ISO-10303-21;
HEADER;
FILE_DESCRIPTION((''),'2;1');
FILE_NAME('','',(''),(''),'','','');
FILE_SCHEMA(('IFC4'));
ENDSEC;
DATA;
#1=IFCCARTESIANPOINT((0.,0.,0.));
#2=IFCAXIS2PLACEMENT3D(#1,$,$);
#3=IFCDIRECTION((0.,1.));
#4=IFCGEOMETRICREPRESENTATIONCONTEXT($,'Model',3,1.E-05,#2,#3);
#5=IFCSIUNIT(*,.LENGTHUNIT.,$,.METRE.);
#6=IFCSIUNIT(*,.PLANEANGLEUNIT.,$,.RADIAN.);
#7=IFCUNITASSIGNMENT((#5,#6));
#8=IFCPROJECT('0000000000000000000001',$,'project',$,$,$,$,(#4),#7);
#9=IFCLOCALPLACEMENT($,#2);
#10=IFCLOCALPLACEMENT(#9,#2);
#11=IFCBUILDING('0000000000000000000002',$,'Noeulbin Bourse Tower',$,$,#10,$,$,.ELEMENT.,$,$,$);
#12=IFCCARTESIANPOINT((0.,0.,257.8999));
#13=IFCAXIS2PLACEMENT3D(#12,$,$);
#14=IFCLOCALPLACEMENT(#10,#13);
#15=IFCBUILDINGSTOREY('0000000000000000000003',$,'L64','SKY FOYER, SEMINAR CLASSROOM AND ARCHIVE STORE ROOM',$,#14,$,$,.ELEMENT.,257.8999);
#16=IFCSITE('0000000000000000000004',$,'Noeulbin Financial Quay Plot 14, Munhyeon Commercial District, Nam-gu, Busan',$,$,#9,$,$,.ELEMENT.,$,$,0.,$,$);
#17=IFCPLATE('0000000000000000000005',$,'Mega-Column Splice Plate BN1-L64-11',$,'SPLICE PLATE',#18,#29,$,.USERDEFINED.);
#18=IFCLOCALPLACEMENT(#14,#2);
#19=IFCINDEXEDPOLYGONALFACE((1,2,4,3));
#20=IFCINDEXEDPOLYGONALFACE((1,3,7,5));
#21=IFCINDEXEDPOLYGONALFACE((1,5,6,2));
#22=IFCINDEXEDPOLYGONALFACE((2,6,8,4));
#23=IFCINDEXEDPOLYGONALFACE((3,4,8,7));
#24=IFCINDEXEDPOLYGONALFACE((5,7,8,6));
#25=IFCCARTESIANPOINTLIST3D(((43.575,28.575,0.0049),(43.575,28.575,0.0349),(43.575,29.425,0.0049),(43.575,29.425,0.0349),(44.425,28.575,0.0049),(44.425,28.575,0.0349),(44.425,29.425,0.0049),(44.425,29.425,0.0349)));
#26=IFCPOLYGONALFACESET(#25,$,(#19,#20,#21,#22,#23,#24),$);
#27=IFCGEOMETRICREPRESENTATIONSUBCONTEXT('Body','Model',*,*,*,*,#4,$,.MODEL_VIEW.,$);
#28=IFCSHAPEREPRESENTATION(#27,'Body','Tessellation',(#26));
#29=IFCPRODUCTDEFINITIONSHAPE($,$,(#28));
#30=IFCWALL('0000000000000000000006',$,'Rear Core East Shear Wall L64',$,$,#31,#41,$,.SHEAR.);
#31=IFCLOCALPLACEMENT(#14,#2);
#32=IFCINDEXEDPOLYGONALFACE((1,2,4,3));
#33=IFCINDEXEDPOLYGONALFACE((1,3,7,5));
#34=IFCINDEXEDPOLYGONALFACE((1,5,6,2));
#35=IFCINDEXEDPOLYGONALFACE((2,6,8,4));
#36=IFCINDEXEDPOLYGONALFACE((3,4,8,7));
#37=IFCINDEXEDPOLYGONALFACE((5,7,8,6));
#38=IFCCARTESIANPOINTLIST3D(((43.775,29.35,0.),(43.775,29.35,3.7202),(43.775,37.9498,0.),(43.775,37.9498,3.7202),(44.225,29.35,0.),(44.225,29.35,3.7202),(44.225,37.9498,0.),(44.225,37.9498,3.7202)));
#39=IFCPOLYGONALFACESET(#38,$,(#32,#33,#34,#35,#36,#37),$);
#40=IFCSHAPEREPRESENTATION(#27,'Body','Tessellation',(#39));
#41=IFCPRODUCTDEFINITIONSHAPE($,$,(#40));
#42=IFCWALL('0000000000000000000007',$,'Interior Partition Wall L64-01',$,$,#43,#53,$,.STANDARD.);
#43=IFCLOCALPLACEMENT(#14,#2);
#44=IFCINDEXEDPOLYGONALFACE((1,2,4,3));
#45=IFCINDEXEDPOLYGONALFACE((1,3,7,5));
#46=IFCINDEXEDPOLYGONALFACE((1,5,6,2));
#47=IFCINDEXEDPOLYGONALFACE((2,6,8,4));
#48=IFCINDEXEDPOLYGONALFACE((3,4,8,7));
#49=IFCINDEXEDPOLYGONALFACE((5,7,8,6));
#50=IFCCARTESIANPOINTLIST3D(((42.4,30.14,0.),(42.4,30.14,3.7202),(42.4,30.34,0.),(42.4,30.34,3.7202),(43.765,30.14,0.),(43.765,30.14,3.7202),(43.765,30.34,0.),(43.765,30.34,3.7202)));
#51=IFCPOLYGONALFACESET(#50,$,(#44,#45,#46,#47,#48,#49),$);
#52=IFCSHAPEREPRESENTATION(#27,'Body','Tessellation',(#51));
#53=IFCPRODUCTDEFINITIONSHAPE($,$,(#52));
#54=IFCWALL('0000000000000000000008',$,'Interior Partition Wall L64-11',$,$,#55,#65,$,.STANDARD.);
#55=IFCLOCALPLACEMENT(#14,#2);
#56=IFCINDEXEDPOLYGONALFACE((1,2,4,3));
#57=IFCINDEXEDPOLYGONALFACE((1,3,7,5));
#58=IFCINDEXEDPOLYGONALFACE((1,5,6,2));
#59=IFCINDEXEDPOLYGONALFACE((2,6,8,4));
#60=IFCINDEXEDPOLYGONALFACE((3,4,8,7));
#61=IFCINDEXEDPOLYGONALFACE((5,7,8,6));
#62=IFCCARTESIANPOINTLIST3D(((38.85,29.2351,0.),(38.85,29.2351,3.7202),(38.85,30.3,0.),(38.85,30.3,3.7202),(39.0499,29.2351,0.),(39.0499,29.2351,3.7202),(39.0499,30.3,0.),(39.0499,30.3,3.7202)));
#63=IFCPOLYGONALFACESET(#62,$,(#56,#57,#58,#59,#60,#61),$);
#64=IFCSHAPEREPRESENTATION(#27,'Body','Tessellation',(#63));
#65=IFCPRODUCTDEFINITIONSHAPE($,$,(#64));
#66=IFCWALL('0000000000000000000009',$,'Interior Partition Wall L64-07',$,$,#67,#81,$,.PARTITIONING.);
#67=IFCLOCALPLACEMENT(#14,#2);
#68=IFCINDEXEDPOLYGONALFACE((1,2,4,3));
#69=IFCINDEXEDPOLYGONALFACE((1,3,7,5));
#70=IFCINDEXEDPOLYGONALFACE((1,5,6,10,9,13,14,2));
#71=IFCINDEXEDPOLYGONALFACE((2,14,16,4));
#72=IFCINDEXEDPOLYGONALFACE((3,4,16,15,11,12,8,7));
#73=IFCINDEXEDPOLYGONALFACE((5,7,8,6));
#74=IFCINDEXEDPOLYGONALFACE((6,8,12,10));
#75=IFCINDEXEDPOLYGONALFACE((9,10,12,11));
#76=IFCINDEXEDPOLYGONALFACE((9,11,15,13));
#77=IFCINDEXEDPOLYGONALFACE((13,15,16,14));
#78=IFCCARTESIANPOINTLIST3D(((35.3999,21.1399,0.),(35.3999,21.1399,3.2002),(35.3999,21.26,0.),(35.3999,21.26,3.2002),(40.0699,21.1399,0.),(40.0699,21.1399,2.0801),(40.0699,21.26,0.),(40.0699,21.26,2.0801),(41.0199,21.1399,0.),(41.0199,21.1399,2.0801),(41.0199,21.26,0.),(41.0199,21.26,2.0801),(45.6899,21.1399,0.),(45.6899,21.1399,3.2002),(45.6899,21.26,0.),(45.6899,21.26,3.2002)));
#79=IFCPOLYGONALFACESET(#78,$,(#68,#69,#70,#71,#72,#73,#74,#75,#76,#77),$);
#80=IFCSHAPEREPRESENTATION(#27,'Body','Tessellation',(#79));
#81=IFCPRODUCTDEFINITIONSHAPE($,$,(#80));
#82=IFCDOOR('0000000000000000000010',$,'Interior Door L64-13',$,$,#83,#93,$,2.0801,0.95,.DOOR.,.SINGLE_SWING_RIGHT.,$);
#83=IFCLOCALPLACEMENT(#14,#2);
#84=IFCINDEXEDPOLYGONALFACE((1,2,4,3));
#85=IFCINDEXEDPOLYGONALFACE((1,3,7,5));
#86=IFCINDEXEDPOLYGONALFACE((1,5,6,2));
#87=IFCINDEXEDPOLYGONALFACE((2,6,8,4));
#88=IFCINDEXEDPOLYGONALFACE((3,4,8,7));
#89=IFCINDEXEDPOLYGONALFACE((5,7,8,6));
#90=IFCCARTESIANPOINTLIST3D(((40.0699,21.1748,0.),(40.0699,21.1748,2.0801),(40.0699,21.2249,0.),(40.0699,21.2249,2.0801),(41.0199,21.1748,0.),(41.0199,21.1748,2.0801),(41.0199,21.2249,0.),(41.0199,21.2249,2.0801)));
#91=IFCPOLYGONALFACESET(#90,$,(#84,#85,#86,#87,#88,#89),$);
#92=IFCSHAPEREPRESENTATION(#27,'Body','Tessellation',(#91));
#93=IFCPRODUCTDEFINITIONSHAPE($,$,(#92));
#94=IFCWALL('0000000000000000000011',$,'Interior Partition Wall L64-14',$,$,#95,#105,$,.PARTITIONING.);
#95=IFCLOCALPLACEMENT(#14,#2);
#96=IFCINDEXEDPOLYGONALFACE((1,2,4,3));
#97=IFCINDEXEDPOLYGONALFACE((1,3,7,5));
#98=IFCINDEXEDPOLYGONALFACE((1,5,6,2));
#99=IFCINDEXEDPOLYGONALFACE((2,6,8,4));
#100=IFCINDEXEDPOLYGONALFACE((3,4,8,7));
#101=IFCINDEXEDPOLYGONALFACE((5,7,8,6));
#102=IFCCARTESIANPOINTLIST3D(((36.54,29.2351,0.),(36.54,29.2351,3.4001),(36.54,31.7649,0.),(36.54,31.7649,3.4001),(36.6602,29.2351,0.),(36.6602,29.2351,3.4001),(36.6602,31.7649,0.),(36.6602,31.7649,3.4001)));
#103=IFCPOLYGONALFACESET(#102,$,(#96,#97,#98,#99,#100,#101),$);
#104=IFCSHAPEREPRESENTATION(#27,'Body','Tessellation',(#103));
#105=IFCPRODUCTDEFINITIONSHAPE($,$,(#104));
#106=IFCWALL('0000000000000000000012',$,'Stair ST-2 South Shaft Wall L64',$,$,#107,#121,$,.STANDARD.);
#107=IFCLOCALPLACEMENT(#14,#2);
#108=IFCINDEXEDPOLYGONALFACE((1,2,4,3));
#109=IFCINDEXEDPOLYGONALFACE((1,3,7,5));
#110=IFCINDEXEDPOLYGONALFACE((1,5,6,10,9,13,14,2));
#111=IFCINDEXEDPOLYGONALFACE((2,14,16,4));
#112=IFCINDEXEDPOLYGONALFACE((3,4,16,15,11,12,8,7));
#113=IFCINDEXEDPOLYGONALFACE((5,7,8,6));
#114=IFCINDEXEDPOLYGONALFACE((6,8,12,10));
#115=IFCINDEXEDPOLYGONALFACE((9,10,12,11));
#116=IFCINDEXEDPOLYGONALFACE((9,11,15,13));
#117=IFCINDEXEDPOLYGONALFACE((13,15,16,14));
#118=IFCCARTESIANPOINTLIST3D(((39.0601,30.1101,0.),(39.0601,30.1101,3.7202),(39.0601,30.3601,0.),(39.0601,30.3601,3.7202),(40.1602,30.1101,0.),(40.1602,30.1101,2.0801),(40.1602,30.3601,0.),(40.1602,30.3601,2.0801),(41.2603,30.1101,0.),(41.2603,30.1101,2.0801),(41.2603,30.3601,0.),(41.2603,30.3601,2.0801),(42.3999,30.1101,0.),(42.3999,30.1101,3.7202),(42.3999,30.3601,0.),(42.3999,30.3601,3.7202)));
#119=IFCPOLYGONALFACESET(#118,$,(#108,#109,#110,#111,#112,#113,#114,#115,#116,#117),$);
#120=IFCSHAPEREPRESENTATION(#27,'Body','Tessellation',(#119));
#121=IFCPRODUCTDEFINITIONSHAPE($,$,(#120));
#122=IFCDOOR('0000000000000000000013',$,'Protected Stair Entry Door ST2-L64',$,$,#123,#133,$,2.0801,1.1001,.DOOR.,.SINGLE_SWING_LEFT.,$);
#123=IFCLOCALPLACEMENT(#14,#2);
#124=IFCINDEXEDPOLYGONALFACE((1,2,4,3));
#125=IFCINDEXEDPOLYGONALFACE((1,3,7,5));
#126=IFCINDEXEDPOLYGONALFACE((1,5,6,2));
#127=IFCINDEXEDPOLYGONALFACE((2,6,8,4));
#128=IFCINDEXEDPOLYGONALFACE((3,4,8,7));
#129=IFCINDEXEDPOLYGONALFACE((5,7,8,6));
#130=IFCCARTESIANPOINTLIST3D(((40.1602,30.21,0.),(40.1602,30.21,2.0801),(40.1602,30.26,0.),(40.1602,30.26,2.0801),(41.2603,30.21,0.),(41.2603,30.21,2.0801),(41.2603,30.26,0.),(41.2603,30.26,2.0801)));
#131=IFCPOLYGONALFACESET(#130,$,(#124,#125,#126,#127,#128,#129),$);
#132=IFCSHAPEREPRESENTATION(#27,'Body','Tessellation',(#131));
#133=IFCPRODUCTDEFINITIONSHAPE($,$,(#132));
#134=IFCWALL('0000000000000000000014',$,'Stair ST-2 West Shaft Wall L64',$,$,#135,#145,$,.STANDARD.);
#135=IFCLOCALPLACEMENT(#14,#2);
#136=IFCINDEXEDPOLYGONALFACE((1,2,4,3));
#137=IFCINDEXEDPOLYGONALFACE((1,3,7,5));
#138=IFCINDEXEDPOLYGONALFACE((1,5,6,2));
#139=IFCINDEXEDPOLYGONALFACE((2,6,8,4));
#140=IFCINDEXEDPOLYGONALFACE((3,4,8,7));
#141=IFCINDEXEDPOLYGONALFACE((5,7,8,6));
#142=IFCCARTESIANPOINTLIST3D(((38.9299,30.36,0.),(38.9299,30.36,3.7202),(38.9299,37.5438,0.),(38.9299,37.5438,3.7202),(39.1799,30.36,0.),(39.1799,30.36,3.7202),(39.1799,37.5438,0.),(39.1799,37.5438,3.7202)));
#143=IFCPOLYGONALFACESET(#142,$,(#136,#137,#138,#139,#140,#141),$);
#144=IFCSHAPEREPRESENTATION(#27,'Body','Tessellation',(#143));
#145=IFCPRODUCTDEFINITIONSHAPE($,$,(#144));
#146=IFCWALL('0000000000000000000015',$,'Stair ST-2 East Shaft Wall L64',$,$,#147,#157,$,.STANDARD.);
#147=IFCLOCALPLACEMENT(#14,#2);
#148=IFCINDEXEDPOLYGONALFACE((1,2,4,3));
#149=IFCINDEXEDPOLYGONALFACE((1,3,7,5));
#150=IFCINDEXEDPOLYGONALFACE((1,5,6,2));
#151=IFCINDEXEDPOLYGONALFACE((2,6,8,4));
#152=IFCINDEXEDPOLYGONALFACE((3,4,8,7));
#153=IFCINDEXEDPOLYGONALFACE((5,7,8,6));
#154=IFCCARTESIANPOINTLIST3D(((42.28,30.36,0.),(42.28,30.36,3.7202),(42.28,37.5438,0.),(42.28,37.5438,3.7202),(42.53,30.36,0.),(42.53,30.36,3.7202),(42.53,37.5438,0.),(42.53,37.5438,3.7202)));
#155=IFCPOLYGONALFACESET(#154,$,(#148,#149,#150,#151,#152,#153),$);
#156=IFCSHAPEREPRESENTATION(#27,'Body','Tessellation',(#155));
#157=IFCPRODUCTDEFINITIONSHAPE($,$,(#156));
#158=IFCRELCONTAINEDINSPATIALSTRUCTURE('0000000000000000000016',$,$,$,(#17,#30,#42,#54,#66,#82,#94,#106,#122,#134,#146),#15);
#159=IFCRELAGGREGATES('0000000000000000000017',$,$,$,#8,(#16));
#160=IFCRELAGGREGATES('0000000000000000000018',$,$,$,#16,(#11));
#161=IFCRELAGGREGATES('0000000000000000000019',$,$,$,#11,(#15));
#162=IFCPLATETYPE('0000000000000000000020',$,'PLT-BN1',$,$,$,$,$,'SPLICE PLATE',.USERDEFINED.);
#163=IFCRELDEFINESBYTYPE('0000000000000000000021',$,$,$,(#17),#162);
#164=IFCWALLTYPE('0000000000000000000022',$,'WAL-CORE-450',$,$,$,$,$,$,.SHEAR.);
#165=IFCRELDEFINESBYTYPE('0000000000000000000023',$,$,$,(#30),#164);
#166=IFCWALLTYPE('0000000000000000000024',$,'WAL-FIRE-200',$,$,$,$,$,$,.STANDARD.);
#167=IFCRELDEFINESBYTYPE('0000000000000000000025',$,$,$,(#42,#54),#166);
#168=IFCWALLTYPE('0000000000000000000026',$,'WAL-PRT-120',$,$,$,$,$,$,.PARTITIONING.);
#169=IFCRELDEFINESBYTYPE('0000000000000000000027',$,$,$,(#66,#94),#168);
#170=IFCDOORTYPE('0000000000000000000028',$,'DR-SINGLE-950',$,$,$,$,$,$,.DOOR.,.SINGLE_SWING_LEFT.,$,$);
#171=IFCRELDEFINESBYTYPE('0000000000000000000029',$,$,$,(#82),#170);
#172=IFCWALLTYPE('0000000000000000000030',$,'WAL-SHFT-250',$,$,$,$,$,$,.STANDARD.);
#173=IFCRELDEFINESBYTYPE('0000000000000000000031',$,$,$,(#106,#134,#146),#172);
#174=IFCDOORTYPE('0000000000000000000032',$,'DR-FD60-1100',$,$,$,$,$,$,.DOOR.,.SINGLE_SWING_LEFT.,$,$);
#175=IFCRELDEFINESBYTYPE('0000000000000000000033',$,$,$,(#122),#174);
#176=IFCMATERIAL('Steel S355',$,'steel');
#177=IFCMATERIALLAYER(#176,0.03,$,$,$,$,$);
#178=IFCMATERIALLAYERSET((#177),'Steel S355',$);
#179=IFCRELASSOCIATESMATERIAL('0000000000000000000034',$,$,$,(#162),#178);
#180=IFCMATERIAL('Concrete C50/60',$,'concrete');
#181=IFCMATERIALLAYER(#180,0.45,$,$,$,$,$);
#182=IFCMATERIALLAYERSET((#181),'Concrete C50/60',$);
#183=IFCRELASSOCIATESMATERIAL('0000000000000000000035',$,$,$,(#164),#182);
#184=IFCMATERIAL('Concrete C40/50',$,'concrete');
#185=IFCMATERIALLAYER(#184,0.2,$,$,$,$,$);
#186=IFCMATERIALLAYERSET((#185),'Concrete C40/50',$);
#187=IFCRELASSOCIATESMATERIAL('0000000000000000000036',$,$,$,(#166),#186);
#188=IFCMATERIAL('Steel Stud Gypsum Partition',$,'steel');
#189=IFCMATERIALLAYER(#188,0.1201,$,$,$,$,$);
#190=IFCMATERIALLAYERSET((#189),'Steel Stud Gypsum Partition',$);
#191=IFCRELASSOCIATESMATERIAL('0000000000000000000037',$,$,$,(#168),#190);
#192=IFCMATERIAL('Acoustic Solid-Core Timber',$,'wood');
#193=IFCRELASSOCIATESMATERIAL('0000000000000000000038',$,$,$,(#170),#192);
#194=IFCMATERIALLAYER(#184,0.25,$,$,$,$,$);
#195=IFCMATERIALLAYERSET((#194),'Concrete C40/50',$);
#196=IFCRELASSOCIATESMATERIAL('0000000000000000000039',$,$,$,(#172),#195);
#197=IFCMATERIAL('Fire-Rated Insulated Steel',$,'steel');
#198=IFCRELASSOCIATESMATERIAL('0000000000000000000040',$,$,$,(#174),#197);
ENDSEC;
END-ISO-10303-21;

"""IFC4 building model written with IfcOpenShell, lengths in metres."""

from ifc_helpers import new_model, si_unit, direction, frame, frame_2d, origin, origin_2d, place, context, subcontext, project, spatial, rectangle, extrude, material, layer, layer_set, type_object, element, fill, save


model = new_model("IFC4")

# Units and contexts
model_context = context("Model", 3, precision=1e-05, world=origin(), true_north=direction((0.0, 1.0)))
body_context = subcontext(model_context, "Body", "Model", "MODEL_VIEW")
ifc_project = project(units=[si_unit("LENGTHUNIT", "METRE"), si_unit("PLANEANGLEUNIT", "RADIAN")], contexts=[model_context])

# Site, building, storey
site_placement = place(None, origin())
site = spatial("IfcSite", under=ifc_project, at=site_placement, Name="Noeulbin Financial Quay Plot 14, Munhyeon Commercial District, Nam-gu, Busan", CompositionType="ELEMENT", RefElevation=0.0)
building_placement = place(site_placement, origin())
building = spatial("IfcBuilding", under=site, at=building_placement, Name="Noeulbin Bourse Tower", CompositionType="ELEMENT")
storey_placement = place(building_placement, frame((0.0, 0.0, 257.8999)))
storey = spatial("IfcBuildingStorey", under=building, at=storey_placement, Name="L64", Description="SKY FOYER, SEMINAR CLASSROOM AND ARCHIVE STORE ROOM", CompositionType="ELEMENT", Elevation=257.8999)

# Shared definitions
ifc_material_1 = material(Name="Steel S355", Category="steel")

# Plate
ifc_layer_1 = layer(ifc_material_1, 0.03)
ifc_layer_set_1 = layer_set([ifc_layer_1], Name="Steel S355")
plate_type_1 = type_object("IfcPlateType", Name="PLT-BN1", ElementType="SPLICE PLATE", PredefinedType="USERDEFINED", material=ifc_layer_set_1)
for number, where, z_axis, x_axis, name in (
    (1, (44.0, 29.0, 0.0049), (0.0, 0.0, 1.0), (1.0, 0.0, 0.0), "Mega-Column Splice Plate BN1-L64-11"),
):
    element("IfcPlate", number, at=place(storey_placement, frame(where, z_axis=z_axis, x_axis=x_axis)), inside=storey, type_object=plate_type_1, Name=name, ObjectType="SPLICE PLATE", PredefinedType="USERDEFINED", context=body_context, shape_type="SweptSolid", body=[
        extrude(rectangle(XDim=0.8501, YDim=0.8501, at=origin_2d()), origin(), (0.0, 0.0, 1.0), 0.03),
    ])

# Walls
ifc_material_2 = material(Name="Concrete C50/60", Category="concrete")
ifc_layer_2 = layer(ifc_material_2, 0.45)
ifc_layer_set_2 = layer_set([ifc_layer_2], Name="Concrete C50/60")
wall_type_1 = type_object("IfcWallType", Name="WAL-CORE-450", PredefinedType="SHEAR", material=ifc_layer_set_2)
wall_1_placement = place(storey_placement, frame((44.0, 29.3501, 0.0), z_axis=(0.0, 0.0, 1.0), x_axis=(0.0, 1.0, 0.0)))
element("IfcWall", 2, at=wall_1_placement, inside=storey, type_object=wall_type_1, Name="Rear Core East Shear Wall L64", PredefinedType="SHEAR", context=body_context, shape_type="SweptSolid", body=[
    extrude(rectangle(XDim=8.5999, YDim=0.45, at=frame_2d((4.2998, 0.0))), origin(), (0.0, 0.0, 1.0), 3.7202),
])
ifc_material_3 = material(Name="Concrete C40/50", Category="concrete")
ifc_layer_3 = layer(ifc_material_3, 0.2)
ifc_layer_set_3 = layer_set([ifc_layer_3], Name="Concrete C40/50")
wall_type_2 = type_object("IfcWallType", Name="WAL-FIRE-200", PredefinedType="STANDARD", material=ifc_layer_set_3)
wall_2_placement = place(storey_placement, frame((42.3999, 30.24, 0.0), z_axis=(0.0, 0.0, 1.0), x_axis=(1.0, 0.0, 0.0)))
element("IfcWall", 3, at=wall_2_placement, inside=storey, type_object=wall_type_2, Name="Interior Partition Wall L64-01", PredefinedType="STANDARD", context=body_context, shape_type="SweptSolid", body=[
    extrude(rectangle(XDim=1.365, YDim=0.2, at=frame_2d((0.6826, 0.0))), origin(), (0.0, 0.0, 1.0), 3.7202),
])
wall_3_placement = place(storey_placement, frame((38.95, 29.2351, 0.0), z_axis=(0.0, 0.0, 1.0), x_axis=(0.0, 1.0, 0.0)))
element("IfcWall", 4, at=wall_3_placement, inside=storey, type_object=wall_type_2, Name="Interior Partition Wall L64-11", PredefinedType="STANDARD", context=body_context, shape_type="SweptSolid", body=[
    extrude(rectangle(XDim=1.0649, YDim=0.2, at=frame_2d((0.5325, 0.0))), origin(), (0.0, 0.0, 1.0), 3.7202),
])

# Wall, opening, door
ifc_material_4 = material(Name="Steel Stud Gypsum Partition", Category="steel")
ifc_layer_4 = layer(ifc_material_4, 0.1201)
ifc_layer_set_4 = layer_set([ifc_layer_4], Name="Steel Stud Gypsum Partition")
wall_type_3 = type_object("IfcWallType", Name="WAL-PRT-120", PredefinedType="PARTITIONING", material=ifc_layer_set_4)
wall_4_placement = place(storey_placement, frame((35.3999, 21.2, 0.0), z_axis=(0.0, 0.0, 1.0), x_axis=(1.0, 0.0, 0.0)))
wall_4 = element("IfcWall", 5, at=wall_4_placement, inside=storey, type_object=wall_type_3, Name="Interior Partition Wall L64-07", PredefinedType="PARTITIONING", context=body_context, shape_type="SweptSolid", body=[
    extrude(rectangle(XDim=10.29, YDim=0.1201, at=frame_2d((5.145, 0.0))), origin(), (0.0, 0.0, 1.0), 3.2002),
])
opening_1_placement = place(wall_4_placement, frame((4.6699, 0.0, 0.0)))
opening_1 = element("IfcOpeningElement", 6, at=opening_1_placement, cuts=wall_4, PredefinedType="OPENING", context=body_context, shape_type="SweptSolid", body=[
    extrude(rectangle(XDim=0.95, YDim=2.0801, at=frame_2d((0.4751, 1.04))), frame((0.0, 0.0701, 0.0), z_axis=(0.0, -1.0, 0.0), x_axis=(1.0, 0.0, 0.0)), (0.0, 0.0, 1.0), 0.1401),
])
ifc_material_5 = material(Name="Acoustic Solid-Core Timber", Category="wood")
door_type_1 = type_object("IfcDoorType", Name="DR-SINGLE-950", OperationType="SINGLE_SWING_LEFT", PredefinedType="DOOR", material=ifc_material_5)
door_1_placement = place(opening_1_placement, origin())
door_1 = element("IfcDoor", 7, at=door_1_placement, inside=storey, type_object=door_type_1, Name="Interior Door L64-13", OperationType="SINGLE_SWING_RIGHT", OverallHeight=2.0801, OverallWidth=0.95, PredefinedType="DOOR", context=body_context, shape_type="SweptSolid", body=[
    extrude(rectangle(XDim=0.95, YDim=2.0801, at=frame_2d((0.4751, 1.04))), frame((0.0, 0.0249, 0.0), z_axis=(0.0, -1.0, 0.0), x_axis=(1.0, 0.0, 0.0)), (0.0, 0.0, 1.0), 0.05),
])
fill(opening_1, door_1)

# Wall
wall_5_placement = place(storey_placement, frame((36.6001, 29.2351, 0.0), z_axis=(0.0, 0.0, 1.0), x_axis=(0.0, 1.0, 0.0)))
element("IfcWall", 8, at=wall_5_placement, inside=storey, type_object=wall_type_3, Name="Interior Partition Wall L64-14", PredefinedType="PARTITIONING", context=body_context, shape_type="SweptSolid", body=[
    extrude(rectangle(XDim=2.5298, YDim=0.1201, at=frame_2d((1.2649, 0.0))), origin(), (0.0, 0.0, 1.0), 3.4001),
])

# Wall, opening, door
ifc_layer_5 = layer(ifc_material_3, 0.25)
ifc_layer_set_5 = layer_set([ifc_layer_5], Name="Concrete C40/50")
wall_type_4 = type_object("IfcWallType", Name="WAL-SHFT-250", PredefinedType="STANDARD", material=ifc_layer_set_5)
wall_6_placement = place(storey_placement, frame((39.0601, 30.2351, 0.0), z_axis=(0.0, 0.0, 1.0), x_axis=(1.0, 0.0, 0.0)))
wall_6 = element("IfcWall", 9, at=wall_6_placement, inside=storey, type_object=wall_type_4, Name="Stair ST-2 South Shaft Wall L64", PredefinedType="STANDARD", context=body_context, shape_type="SweptSolid", body=[
    extrude(rectangle(XDim=3.3398, YDim=0.25, at=frame_2d((1.6699, 0.0))), origin(), (0.0, 0.0, 1.0), 3.7202),
])
opening_2_placement = place(wall_6_placement, frame((1.1001, 0.0, 0.0)))
opening_2 = element("IfcOpeningElement", 10, at=opening_2_placement, cuts=wall_6, PredefinedType="OPENING", context=body_context, shape_type="SweptSolid", body=[
    extrude(rectangle(XDim=1.1001, YDim=2.0801, at=frame_2d((0.55, 1.04))), frame((0.0, 0.135, 0.0), z_axis=(0.0, -1.0, 0.0), x_axis=(1.0, 0.0, 0.0)), (0.0, 0.0, 1.0), 0.27),
])
ifc_material_6 = material(Name="Fire-Rated Insulated Steel", Category="steel")
door_type_2 = type_object("IfcDoorType", Name="DR-FD60-1100", OperationType="SINGLE_SWING_LEFT", PredefinedType="DOOR", material=ifc_material_6)
door_2_placement = place(opening_2_placement, origin())
door_2 = element("IfcDoor", 11, at=door_2_placement, inside=storey, type_object=door_type_2, Name="Protected Stair Entry Door ST2-L64", OperationType="SINGLE_SWING_LEFT", OverallHeight=2.0801, OverallWidth=1.1001, PredefinedType="DOOR", context=body_context, shape_type="SweptSolid", body=[
    extrude(rectangle(XDim=1.1001, YDim=2.0801, at=frame_2d((0.55, 1.04))), frame((0.0, 0.0249, 0.0), z_axis=(0.0, -1.0, 0.0), x_axis=(1.0, 0.0, 0.0)), (0.0, 0.0, 1.0), 0.05),
])
fill(opening_2, door_2)

# Walls
for number, where, z_axis, x_axis, name in (
    (12, (39.0549, 30.3601, 0.0), (0.0, 0.0, 1.0), (0.0, 1.0, 0.0), "Stair ST-2 West Shaft Wall L64"),
    (13, (42.405, 30.3601, 0.0), (0.0, 0.0, 1.0), (0.0, 1.0, 0.0), "Stair ST-2 East Shaft Wall L64"),
):
    element("IfcWall", number, at=place(storey_placement, frame(where, z_axis=z_axis, x_axis=x_axis)), inside=storey, type_object=wall_type_4, Name=name, PredefinedType="STANDARD", context=body_context, shape_type="SweptSolid", body=[
        extrude(rectangle(XDim=7.1838, YDim=0.25, at=frame_2d((3.5918, 0.0))), origin(), (0.0, 0.0, 1.0), 3.7202),
    ])

save(model, "model.ifc")
